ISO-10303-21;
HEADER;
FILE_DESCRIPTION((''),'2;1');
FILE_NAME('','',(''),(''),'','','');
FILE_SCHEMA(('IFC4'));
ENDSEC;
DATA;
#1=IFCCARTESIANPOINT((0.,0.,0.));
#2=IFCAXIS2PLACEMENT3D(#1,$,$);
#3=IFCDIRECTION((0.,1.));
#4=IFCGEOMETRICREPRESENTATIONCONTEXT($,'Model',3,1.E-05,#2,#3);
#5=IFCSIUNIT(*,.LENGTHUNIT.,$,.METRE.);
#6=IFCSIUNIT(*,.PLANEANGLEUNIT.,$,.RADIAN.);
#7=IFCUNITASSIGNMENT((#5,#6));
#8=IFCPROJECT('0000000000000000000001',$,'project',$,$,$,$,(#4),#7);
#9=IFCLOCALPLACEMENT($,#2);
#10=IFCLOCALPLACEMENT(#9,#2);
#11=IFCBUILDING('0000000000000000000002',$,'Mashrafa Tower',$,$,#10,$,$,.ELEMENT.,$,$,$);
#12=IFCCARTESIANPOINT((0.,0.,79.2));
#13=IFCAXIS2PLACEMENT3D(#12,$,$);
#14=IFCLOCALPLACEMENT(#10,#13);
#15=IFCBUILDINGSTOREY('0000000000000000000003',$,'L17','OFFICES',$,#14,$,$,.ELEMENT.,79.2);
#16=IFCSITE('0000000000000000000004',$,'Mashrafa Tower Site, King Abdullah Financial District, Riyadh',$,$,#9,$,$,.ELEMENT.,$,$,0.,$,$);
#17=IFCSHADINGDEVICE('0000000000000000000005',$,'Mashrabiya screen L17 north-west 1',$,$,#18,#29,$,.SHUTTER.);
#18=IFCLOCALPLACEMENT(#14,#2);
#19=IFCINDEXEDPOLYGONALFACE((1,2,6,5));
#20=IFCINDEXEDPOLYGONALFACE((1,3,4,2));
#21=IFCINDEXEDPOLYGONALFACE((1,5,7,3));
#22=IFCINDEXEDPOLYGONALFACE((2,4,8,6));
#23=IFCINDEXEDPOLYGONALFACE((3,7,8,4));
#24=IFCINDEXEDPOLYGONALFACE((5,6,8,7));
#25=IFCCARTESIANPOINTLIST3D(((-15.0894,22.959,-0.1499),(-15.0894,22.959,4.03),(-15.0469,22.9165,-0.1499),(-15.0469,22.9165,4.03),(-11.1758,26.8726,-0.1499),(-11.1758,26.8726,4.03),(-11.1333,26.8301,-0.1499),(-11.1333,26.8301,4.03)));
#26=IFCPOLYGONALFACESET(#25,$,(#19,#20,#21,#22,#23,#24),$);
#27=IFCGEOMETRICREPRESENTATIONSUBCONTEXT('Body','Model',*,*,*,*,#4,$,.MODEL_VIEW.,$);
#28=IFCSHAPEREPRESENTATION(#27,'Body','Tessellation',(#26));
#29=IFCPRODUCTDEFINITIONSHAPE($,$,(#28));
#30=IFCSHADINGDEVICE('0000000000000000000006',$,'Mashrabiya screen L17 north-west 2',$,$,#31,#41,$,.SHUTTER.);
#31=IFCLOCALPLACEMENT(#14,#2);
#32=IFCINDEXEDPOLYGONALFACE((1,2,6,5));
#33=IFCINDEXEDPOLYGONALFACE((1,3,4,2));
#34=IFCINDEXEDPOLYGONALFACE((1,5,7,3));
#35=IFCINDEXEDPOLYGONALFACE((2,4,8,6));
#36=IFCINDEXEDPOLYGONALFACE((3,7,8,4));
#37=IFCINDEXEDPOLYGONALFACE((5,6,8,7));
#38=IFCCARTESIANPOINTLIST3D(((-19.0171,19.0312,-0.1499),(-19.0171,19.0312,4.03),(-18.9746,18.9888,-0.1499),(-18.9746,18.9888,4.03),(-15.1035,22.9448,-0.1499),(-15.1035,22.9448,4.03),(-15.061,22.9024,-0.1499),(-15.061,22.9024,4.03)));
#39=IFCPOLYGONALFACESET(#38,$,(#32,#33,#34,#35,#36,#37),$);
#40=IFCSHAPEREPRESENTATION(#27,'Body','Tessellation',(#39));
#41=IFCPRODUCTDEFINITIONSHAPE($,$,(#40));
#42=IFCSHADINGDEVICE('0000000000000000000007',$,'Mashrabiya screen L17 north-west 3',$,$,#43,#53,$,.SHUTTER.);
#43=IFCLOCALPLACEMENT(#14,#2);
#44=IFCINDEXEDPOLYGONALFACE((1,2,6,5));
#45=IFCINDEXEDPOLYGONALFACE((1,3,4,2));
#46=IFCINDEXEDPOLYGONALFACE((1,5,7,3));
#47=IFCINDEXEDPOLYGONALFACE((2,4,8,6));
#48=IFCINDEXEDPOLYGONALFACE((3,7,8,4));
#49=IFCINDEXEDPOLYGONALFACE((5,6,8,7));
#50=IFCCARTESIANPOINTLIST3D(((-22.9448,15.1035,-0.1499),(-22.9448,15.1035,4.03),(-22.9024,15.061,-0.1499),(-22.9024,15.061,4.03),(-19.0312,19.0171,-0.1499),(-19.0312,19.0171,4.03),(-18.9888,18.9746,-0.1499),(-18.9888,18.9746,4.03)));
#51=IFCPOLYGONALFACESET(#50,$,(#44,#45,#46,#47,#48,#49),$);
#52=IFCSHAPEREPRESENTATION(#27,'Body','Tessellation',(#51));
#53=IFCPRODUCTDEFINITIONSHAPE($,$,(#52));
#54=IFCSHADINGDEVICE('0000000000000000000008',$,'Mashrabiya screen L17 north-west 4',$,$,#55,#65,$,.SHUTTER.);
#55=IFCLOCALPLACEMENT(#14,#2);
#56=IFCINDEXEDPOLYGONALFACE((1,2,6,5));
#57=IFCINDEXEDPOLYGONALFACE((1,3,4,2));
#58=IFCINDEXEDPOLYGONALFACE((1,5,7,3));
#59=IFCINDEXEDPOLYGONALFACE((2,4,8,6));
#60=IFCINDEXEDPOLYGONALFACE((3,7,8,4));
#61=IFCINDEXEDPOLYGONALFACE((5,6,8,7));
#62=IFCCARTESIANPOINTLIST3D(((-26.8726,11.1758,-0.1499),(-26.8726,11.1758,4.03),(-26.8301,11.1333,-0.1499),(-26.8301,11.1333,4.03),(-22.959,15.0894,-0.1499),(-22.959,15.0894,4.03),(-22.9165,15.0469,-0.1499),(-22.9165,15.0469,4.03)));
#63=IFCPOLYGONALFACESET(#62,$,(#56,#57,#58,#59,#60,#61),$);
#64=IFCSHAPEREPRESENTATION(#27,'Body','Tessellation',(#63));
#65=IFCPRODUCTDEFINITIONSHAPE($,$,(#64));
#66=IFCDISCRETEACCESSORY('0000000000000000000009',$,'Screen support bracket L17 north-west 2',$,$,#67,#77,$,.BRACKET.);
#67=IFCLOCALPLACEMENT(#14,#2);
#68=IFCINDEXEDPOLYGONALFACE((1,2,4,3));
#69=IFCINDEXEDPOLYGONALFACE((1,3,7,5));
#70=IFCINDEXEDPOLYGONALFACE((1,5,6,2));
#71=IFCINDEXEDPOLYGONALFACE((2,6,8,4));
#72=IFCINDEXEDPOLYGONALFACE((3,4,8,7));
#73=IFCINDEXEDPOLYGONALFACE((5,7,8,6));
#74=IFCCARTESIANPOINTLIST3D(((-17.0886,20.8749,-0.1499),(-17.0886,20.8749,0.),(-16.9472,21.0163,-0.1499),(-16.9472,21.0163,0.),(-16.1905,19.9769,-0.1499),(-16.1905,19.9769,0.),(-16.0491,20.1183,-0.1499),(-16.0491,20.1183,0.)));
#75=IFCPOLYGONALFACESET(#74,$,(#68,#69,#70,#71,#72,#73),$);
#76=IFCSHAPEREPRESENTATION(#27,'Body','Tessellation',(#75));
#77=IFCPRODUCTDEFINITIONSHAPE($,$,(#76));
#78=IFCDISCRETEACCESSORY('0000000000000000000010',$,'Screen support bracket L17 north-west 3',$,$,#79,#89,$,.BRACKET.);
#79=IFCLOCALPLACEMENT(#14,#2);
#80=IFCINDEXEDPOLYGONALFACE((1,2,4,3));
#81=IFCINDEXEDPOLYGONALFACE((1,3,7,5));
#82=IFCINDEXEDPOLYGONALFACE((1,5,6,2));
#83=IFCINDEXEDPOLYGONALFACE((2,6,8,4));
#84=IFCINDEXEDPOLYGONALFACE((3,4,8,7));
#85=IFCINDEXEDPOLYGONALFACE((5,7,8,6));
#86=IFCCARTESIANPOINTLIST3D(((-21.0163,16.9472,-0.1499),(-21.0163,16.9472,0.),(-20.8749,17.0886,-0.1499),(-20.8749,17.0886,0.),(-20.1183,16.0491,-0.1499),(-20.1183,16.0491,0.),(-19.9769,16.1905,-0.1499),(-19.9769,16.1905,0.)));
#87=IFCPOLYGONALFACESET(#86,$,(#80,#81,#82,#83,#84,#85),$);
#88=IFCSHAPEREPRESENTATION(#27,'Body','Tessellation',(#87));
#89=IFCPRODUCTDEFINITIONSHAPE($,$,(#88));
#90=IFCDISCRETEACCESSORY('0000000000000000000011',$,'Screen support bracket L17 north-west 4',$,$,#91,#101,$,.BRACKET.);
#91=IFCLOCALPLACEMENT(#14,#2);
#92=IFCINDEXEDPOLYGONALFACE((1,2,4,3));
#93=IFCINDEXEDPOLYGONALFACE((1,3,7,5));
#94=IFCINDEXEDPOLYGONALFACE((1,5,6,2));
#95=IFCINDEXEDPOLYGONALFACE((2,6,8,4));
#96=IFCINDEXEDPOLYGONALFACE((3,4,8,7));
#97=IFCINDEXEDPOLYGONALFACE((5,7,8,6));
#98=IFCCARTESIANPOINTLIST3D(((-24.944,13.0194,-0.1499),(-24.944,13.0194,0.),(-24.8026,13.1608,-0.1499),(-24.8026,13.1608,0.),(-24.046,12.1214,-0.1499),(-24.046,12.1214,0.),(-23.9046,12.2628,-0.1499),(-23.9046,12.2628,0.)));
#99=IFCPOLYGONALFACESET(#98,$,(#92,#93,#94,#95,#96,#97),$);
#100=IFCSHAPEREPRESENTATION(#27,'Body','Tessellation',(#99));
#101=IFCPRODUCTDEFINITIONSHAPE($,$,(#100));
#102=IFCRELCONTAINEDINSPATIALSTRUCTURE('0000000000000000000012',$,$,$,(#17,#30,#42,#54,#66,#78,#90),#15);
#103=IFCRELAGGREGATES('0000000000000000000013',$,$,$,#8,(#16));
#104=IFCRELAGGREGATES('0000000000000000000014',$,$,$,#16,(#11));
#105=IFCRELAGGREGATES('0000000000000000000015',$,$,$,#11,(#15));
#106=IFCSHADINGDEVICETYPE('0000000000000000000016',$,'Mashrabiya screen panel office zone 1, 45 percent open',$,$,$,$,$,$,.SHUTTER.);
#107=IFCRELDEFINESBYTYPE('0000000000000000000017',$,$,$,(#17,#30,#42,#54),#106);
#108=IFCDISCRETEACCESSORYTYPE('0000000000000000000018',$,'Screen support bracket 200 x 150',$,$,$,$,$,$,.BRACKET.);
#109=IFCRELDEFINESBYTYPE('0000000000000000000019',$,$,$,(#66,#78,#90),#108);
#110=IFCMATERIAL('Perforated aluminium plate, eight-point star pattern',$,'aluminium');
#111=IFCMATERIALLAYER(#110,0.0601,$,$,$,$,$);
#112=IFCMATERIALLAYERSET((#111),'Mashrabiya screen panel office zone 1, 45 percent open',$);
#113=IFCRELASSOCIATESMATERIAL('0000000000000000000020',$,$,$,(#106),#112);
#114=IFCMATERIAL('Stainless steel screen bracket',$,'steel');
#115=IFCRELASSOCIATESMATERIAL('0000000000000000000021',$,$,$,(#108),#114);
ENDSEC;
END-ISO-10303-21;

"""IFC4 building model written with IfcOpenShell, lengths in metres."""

from ifc_helpers import new_model, si_unit, direction, frame, origin, origin_2d, place, context, subcontext, project, spatial, rectangle, extrude, source, transform, mapped, material, layer, layer_set, type_object, type_shapes, element, save


model = new_model("IFC4")

# Units and contexts
model_context = context("Model", 3, precision=1e-05, world=origin(), true_north=direction((0.0, 1.0)))
body_context = subcontext(model_context, "Body", "Model", "MODEL_VIEW")
ifc_project = project(units=[si_unit("LENGTHUNIT", "METRE"), si_unit("PLANEANGLEUNIT", "RADIAN")], contexts=[model_context])

# Site, building, storey
site_placement = place(None, origin())
site = spatial("IfcSite", under=ifc_project, at=site_placement, Name="Mashrafa Tower Site, King Abdullah Financial District, Riyadh", CompositionType="ELEMENT", RefElevation=0.0)
building_placement = place(site_placement, origin())
building = spatial("IfcBuilding", under=site, at=building_placement, Name="Mashrafa Tower", CompositionType="ELEMENT")
storey_placement = place(building_placement, frame((0.0, 0.0, 79.2)))
storey = spatial("IfcBuildingStorey", under=building, at=storey_placement, Name="L17", Description="OFFICES", CompositionType="ELEMENT", Elevation=79.2)

# Shading devices
ifc_material_1 = material(Name="Perforated aluminium plate, eight-point star pattern", Category="aluminium")
ifc_layer_1 = layer(ifc_material_1, 0.0601)
ifc_layer_set_1 = layer_set([ifc_layer_1], Name="Mashrabiya screen panel office zone 1, 45 percent open")
shading_device_type = type_object("IfcShadingDeviceType", Name="Mashrabiya screen panel office zone 1, 45 percent open", PredefinedType="SHUTTER", material=ifc_layer_set_1)
shared_shape_1 = source(origin(), body_context, "Body", "SweptSolid", [
    extrude(rectangle(XDim=5.5347, YDim=0.0601, at=origin_2d()), origin(), (0.0, 0.0, 1.0), 4.1799),
])
type_shapes(shading_device_type, [shared_shape_1])
for number, where, z_axis, x_axis, name in (
    (1, (-13.1113, 24.8945, -0.1499), (0.0, 0.0, 1.0), (-0.707107, -0.707107, 0.0), "Mashrabiya screen L17 north-west 1"),
    (2, (-17.0391, 20.9668, -0.1499), (0.0, 0.0, 1.0), (-0.707107, -0.707107, 0.0), "Mashrabiya screen L17 north-west 2"),
    (3, (-20.9668, 17.0391, -0.1499), (0.0, 0.0, 1.0), (-0.707107, -0.707107, 0.0), "Mashrabiya screen L17 north-west 3"),
    (4, (-24.8945, 13.1113, -0.1499), (0.0, 0.0, 1.0), (-0.707107, -0.707107, 0.0), "Mashrabiya screen L17 north-west 4"),
):
    element("IfcShadingDevice", number, at=place(storey_placement, frame(where, z_axis=z_axis, x_axis=x_axis)), inside=storey, type_object=shading_device_type, Name=name, PredefinedType="SHUTTER", context=body_context, shape_type="MappedRepresentation", body=[
        mapped(shared_shape_1, transform((0.0, 0.0, 0.0))),
    ])

# Discrete accessories
ifc_material_2 = material(Name="Stainless steel screen bracket", Category="steel")
discrete_accessory_type = type_object("IfcDiscreteAccessoryType", Name="Screen support bracket 200 x 150", PredefinedType="BRACKET", material=ifc_material_2)
shared_shape_2 = source(origin(), body_context, "Body", "SweptSolid", [
    extrude(rectangle(XDim=0.2, YDim=1.27, at=origin_2d()), origin(), (0.0, 0.0, 1.0), 0.1499),
])
type_shapes(discrete_accessory_type, [shared_shape_2])
for number, where, z_axis, x_axis, name in (
    (5, (-16.5688, 20.4966, -0.1499), (0.0, 0.0, 1.0), (-0.707107, -0.707107, 0.0), "Screen support bracket L17 north-west 2"),
    (6, (-20.4966, 16.5688, -0.1499), (0.0, 0.0, 1.0), (-0.707107, -0.707107, 0.0), "Screen support bracket L17 north-west 3"),
    (7, (-24.4243, 12.6411, -0.1499), (0.0, 0.0, 1.0), (-0.707107, -0.707107, 0.0), "Screen support bracket L17 north-west 4"),
):
    element("IfcDiscreteAccessory", number, at=place(storey_placement, frame(where, z_axis=z_axis, x_axis=x_axis)), inside=storey, type_object=discrete_accessory_type, Name=name, PredefinedType="BRACKET", context=body_context, shape_type="MappedRepresentation", body=[
        mapped(shared_shape_2, transform((0.0, 0.0, 0.0))),
    ])

save(model, "model.ifc")
